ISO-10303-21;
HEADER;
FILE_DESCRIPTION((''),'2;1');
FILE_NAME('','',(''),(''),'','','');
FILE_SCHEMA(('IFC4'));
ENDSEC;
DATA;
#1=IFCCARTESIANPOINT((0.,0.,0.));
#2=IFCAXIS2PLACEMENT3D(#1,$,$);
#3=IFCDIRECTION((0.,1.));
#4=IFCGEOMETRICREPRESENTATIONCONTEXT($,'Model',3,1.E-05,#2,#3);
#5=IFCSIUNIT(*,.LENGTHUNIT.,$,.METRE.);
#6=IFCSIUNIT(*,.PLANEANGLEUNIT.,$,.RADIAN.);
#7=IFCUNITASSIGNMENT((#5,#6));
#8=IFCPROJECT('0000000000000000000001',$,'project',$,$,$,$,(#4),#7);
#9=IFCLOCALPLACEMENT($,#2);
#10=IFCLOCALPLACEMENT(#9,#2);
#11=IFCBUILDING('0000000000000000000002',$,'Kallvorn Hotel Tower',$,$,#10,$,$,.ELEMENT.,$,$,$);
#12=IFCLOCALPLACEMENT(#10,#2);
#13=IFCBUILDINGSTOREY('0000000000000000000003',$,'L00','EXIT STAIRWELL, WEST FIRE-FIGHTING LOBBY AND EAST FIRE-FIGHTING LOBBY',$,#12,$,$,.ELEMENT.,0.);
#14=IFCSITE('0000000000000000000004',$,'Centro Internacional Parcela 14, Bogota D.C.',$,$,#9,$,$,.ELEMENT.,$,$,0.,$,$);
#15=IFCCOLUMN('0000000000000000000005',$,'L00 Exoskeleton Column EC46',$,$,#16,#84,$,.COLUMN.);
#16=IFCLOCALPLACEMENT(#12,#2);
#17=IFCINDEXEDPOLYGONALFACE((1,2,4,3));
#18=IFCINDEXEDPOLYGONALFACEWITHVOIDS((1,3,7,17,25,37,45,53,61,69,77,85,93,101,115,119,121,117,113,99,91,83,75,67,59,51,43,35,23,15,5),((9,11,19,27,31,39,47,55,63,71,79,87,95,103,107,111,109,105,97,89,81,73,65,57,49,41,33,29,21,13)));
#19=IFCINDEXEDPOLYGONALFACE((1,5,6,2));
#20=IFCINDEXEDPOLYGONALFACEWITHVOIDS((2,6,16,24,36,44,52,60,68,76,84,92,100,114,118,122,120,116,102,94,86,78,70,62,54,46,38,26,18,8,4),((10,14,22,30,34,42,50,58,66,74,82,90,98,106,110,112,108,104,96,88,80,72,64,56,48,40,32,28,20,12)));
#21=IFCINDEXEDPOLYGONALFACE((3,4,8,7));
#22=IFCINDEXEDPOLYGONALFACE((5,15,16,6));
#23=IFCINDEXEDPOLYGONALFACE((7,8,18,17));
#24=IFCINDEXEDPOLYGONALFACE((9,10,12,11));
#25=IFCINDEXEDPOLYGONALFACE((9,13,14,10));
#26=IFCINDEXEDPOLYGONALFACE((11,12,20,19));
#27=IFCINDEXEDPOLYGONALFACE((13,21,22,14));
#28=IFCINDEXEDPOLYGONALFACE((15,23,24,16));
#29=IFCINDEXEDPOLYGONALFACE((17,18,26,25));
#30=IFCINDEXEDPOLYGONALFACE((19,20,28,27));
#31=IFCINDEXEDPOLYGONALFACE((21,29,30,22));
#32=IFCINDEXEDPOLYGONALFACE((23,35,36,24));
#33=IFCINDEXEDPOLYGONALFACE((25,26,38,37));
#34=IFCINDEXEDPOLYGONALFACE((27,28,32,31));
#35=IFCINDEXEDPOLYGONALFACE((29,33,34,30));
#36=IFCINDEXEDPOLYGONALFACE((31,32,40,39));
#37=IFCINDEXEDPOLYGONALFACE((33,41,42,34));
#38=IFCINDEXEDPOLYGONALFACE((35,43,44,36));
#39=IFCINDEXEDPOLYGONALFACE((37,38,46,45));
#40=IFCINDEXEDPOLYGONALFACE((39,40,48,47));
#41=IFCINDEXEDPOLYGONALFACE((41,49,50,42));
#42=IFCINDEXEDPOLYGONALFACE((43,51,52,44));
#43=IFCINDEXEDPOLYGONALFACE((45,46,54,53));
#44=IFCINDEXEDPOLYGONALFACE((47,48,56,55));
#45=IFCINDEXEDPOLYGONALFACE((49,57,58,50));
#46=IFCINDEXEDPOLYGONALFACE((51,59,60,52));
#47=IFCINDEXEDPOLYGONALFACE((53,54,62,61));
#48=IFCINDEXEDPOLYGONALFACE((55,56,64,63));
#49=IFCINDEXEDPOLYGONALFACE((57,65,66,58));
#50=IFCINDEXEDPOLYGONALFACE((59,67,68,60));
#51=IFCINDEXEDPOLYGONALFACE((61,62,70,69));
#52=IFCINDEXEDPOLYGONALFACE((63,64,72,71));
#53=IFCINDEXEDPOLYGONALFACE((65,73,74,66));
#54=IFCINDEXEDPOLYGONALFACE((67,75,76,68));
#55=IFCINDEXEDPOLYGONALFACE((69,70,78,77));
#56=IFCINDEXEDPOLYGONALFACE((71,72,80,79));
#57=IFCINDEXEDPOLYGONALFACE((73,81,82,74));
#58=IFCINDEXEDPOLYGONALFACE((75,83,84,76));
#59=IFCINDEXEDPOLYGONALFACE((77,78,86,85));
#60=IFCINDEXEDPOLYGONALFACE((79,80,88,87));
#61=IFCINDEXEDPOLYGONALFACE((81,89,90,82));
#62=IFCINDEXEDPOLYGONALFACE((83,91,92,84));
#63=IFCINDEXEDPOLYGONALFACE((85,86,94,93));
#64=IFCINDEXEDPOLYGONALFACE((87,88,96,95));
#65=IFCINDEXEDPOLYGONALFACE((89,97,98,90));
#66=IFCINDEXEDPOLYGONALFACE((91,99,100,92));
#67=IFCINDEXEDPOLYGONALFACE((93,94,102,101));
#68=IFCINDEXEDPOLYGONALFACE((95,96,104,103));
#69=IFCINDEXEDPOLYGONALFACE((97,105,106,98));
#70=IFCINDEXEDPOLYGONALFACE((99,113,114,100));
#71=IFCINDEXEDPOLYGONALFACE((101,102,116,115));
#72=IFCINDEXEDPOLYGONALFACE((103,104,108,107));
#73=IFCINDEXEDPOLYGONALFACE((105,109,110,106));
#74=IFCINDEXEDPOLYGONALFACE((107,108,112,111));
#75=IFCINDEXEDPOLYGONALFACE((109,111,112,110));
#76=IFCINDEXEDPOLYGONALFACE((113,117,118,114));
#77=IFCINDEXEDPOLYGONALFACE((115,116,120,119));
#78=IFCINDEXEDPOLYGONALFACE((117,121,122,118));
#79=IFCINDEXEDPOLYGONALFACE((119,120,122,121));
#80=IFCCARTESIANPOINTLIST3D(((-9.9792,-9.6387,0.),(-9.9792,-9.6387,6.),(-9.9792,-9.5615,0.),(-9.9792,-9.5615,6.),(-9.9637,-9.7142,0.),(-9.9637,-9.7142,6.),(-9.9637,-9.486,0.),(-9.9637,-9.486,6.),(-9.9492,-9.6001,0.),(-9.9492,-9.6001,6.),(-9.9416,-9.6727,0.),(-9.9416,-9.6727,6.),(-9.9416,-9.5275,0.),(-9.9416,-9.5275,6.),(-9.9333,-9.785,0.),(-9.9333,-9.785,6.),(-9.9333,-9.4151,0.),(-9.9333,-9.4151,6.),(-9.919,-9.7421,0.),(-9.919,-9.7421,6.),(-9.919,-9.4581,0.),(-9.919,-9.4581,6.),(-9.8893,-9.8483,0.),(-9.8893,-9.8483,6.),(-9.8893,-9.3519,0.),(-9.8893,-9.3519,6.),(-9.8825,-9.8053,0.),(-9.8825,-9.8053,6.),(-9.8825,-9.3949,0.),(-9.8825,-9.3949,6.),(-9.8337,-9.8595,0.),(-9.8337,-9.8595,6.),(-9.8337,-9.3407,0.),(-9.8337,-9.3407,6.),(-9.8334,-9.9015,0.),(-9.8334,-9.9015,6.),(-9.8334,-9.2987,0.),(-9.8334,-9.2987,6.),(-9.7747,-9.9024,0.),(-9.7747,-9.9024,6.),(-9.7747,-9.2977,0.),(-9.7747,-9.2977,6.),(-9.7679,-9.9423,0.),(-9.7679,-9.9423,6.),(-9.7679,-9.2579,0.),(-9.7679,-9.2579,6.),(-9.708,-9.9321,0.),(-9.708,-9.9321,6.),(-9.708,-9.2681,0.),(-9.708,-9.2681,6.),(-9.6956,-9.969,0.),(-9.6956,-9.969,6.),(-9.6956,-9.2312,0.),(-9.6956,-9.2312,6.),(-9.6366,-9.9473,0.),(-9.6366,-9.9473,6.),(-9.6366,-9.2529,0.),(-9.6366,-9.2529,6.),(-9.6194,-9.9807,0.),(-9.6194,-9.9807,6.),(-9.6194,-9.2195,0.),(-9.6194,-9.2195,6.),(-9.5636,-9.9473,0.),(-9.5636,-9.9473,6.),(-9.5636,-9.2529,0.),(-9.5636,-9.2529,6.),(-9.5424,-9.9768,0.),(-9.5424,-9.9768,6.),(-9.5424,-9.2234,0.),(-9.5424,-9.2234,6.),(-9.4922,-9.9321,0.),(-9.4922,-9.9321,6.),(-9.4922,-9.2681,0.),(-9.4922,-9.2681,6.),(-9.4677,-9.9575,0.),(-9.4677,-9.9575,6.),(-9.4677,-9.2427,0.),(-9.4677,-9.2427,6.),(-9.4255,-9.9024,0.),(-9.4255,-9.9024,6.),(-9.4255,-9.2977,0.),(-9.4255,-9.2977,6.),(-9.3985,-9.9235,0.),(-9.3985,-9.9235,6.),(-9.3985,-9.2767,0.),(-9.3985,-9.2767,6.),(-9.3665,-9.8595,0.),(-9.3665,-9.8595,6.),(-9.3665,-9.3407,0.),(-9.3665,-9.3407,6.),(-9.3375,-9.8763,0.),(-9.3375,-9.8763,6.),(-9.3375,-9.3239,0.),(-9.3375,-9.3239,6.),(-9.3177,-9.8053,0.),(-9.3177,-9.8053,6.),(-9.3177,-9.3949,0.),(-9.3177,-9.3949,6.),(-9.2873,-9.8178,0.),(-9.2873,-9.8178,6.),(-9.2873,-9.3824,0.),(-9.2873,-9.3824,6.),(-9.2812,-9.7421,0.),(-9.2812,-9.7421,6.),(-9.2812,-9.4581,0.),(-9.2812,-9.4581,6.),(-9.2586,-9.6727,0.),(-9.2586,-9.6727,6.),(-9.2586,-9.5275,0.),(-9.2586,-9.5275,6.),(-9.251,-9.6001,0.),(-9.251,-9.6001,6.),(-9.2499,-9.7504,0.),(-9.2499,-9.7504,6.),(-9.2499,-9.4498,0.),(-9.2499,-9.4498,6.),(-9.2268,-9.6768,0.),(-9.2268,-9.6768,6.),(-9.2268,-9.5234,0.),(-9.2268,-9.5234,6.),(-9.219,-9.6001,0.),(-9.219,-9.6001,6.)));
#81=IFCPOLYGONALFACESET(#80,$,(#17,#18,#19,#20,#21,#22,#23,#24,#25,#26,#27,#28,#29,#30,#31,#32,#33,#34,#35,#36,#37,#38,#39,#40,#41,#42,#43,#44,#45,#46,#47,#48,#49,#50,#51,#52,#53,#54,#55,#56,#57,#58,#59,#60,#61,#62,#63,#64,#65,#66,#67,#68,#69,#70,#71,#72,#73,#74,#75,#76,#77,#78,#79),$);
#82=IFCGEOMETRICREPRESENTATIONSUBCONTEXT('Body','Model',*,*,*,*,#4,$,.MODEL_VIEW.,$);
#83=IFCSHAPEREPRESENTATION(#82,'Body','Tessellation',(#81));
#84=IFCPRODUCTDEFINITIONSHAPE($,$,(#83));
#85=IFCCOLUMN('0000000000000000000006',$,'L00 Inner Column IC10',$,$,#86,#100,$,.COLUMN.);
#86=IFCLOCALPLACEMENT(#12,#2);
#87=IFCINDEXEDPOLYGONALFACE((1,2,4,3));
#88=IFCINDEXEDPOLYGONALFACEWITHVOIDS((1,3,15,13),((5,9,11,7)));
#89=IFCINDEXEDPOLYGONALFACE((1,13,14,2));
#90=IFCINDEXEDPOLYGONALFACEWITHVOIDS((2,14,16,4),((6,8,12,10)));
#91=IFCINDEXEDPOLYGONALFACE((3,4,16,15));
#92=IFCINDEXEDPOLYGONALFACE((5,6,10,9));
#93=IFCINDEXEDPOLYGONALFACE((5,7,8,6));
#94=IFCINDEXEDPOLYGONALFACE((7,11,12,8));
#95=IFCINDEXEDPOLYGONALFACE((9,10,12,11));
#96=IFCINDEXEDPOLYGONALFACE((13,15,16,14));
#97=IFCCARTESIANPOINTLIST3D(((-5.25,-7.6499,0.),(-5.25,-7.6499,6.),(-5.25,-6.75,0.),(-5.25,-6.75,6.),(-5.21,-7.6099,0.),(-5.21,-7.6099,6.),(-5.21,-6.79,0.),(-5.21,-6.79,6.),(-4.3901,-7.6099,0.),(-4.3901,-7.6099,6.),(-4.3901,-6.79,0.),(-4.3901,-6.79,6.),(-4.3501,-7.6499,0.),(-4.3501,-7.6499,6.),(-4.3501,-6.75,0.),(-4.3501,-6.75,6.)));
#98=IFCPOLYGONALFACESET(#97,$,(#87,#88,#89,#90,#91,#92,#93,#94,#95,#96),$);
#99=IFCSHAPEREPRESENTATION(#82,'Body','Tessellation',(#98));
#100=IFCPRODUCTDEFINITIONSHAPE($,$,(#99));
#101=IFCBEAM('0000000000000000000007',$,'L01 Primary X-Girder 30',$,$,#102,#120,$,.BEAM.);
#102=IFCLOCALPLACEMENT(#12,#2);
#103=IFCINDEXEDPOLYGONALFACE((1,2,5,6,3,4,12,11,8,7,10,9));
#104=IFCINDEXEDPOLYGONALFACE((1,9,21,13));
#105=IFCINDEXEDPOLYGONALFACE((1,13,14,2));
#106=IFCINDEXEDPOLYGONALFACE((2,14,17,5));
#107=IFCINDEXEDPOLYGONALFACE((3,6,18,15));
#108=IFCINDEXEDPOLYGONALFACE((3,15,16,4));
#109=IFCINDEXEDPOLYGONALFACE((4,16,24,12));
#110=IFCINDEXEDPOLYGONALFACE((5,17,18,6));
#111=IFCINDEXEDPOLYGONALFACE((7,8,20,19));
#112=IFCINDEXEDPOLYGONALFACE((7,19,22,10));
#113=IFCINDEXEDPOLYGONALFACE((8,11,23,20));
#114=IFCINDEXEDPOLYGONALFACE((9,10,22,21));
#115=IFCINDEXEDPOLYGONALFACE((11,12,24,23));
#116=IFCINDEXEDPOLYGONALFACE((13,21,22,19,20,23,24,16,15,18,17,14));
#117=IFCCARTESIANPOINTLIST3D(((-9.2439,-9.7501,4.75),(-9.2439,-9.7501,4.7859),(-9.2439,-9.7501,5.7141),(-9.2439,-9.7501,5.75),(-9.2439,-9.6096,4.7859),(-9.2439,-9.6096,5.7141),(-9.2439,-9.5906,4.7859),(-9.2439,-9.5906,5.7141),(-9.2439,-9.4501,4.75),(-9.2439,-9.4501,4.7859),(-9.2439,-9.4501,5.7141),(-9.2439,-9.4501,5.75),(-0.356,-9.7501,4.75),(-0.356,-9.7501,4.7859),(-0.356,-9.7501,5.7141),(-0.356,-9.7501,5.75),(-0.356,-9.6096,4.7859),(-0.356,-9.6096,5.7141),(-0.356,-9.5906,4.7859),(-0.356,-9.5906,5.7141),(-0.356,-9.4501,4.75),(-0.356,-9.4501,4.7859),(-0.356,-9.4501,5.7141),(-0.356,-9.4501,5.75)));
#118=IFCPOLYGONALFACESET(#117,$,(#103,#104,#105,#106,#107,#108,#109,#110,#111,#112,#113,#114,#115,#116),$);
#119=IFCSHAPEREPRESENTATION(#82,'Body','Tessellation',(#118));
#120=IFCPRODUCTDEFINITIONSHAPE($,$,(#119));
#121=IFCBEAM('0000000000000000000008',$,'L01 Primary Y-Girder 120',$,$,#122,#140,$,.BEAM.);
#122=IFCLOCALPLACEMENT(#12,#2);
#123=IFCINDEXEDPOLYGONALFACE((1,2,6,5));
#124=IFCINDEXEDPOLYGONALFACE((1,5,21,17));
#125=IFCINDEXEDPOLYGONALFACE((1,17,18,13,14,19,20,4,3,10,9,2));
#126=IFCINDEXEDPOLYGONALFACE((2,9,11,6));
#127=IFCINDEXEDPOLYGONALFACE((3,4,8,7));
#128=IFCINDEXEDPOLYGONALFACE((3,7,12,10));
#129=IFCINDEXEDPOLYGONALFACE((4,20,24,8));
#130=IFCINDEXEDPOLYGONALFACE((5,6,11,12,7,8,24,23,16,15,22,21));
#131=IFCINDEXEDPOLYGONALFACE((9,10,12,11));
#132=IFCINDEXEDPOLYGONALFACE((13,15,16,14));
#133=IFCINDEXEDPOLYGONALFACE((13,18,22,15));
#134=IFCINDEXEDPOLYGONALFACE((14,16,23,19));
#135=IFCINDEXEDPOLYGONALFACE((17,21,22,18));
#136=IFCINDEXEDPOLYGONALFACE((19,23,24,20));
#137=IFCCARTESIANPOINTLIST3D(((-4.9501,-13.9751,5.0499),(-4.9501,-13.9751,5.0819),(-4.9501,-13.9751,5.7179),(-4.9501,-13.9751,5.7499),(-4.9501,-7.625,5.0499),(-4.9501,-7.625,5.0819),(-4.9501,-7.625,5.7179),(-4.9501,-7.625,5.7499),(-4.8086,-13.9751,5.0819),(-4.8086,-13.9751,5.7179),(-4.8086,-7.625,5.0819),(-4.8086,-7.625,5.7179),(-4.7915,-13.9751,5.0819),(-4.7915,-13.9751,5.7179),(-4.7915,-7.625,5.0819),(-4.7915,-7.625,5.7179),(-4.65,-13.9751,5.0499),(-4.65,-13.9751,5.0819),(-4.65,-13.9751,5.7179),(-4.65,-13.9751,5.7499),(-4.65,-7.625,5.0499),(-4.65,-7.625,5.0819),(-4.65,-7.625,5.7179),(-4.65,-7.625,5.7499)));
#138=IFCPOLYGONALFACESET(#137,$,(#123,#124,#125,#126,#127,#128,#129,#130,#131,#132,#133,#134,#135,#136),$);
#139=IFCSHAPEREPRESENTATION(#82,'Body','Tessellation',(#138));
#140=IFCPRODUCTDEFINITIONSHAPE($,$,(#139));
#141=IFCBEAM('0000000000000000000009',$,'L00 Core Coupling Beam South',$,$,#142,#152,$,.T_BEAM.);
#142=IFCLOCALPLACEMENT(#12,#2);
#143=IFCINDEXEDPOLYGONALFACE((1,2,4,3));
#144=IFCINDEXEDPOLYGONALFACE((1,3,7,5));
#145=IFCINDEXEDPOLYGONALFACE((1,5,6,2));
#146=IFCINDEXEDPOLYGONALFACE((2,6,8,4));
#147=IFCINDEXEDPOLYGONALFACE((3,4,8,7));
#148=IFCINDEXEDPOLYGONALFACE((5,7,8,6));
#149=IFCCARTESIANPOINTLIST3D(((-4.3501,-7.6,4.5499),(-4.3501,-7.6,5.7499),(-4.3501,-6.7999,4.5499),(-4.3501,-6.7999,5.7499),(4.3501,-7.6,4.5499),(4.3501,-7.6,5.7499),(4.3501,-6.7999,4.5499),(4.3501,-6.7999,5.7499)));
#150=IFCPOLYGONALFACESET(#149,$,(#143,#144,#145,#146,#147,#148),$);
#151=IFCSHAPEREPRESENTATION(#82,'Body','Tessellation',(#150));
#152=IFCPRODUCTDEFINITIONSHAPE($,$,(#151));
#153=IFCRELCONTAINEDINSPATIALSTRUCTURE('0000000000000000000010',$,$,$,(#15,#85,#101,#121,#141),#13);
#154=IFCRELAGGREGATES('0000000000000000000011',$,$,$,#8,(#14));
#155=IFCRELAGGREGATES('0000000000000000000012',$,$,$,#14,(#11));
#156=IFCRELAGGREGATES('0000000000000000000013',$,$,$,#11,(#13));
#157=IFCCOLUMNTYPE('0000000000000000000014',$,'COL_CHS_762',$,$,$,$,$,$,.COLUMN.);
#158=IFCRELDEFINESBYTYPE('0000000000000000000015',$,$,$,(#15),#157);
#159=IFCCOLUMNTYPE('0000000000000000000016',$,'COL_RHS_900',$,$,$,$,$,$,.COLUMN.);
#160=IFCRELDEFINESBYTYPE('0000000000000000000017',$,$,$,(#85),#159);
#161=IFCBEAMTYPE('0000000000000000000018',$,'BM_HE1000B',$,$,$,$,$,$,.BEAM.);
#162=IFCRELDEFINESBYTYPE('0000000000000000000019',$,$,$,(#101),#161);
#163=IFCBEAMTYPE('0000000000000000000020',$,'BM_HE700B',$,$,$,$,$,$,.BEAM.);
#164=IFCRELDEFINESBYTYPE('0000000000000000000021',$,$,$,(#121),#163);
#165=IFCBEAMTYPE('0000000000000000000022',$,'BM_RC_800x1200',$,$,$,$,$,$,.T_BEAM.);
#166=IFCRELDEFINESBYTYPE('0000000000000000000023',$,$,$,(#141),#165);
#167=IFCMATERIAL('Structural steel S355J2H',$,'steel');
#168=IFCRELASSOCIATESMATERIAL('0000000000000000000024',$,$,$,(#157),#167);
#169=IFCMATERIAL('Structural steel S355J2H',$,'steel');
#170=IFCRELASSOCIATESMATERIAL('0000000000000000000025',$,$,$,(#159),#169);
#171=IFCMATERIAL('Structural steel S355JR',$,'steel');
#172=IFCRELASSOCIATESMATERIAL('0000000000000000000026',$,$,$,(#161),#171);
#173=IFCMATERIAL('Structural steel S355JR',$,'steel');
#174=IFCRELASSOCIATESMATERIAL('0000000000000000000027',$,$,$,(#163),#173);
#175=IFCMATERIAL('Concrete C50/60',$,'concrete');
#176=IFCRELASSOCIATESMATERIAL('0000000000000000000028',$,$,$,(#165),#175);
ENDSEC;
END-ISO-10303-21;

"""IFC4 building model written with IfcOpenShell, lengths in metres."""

from ifc_helpers import new_model, si_unit, direction, frame, origin, origin_2d, place, context, subcontext, project, spatial, rectangle, hollow_rectangle, hollow_circle, i_section, extrude, material, material_profile, profile_set, type_object, element, save


model = new_model("IFC4")

# Units and contexts
model_context = context("Model", 3, precision=1e-05, world=origin(), true_north=direction((0.0, 1.0)))
body_context = subcontext(model_context, "Body", "Model", "MODEL_VIEW")
ifc_project = project(units=[si_unit("LENGTHUNIT", "METRE"), si_unit("PLANEANGLEUNIT", "RADIAN")], contexts=[model_context])

# Site, building, storey
site_placement = place(None, origin())
site = spatial("IfcSite", under=ifc_project, at=site_placement, Name="Centro Internacional Parcela 14, Bogota D.C.", CompositionType="ELEMENT", RefElevation=0.0)
building_placement = place(site_placement, origin())
building = spatial("IfcBuilding", under=site, at=building_placement, Name="Kallvorn Hotel Tower", CompositionType="ELEMENT")
storey_placement = place(building_placement, origin())
storey = spatial("IfcBuildingStorey", under=building, at=storey_placement, Name="L00", Description="EXIT STAIRWELL, WEST FIRE-FIGHTING LOBBY AND EAST FIRE-FIGHTING LOBBY", CompositionType="ELEMENT", Elevation=0.0)

# Columns
ifc_material_1 = material(Name="Structural steel S355J2H", Category="steel")
ifc_material_profile_1 = material_profile(ifc_material_1, hollow_circle(Radius=0.3811, WallThickness=0.032, at=origin_2d()), Name="CHS 762x32")
ifc_profile_set_1 = profile_set([ifc_material_profile_1], Name="Structural steel S355J2H")
column_type_1 = type_object("IfcColumnType", Name="COL_CHS_762", PredefinedType="COLUMN", material=ifc_profile_set_1)
column_1_placement = place(storey_placement, frame((-9.6001, -9.6001, 0.0), z_axis=(0.0, 0.0, 1.0), x_axis=(1.0, 0.0, 0.0)))
element("IfcColumn", 1, at=column_1_placement, inside=storey, type_object=column_type_1, Name="L00 Exoskeleton Column EC46", PredefinedType="COLUMN", context=body_context, shape_type="SweptSolid", body=[
    extrude(hollow_circle(Radius=0.3811, WallThickness=0.032, at=origin_2d()), origin(), (0.0, 0.0, 1.0), 6.0),
])
ifc_material_2 = material(Name="Structural steel S355J2H", Category="steel")
ifc_material_profile_2 = material_profile(ifc_material_2, hollow_rectangle(XDim=0.8999, YDim=0.8999, WallThickness=0.04, at=origin_2d()), Name="RHS 900x900x40")
ifc_profile_set_2 = profile_set([ifc_material_profile_2], Name="Structural steel S355J2H")
column_type_2 = type_object("IfcColumnType", Name="COL_RHS_900", PredefinedType="COLUMN", material=ifc_profile_set_2)
column_2_placement = place(storey_placement, frame((-4.8, -7.2, 0.0), z_axis=(0.0, 0.0, 1.0), x_axis=(1.0, 0.0, 0.0)))
element("IfcColumn", 2, at=column_2_placement, inside=storey, type_object=column_type_2, Name="L00 Inner Column IC10", PredefinedType="COLUMN", context=body_context, shape_type="SweptSolid", body=[
    extrude(hollow_rectangle(XDim=0.8999, YDim=0.8999, WallThickness=0.04, at=origin_2d()), origin(), (0.0, 0.0, 1.0), 6.0),
])

# Beams
ifc_material_3 = material(Name="Structural steel S355JR", Category="steel")
ifc_material_profile_3 = material_profile(ifc_material_3, i_section(OverallWidth=0.3, OverallDepth=1.0, WebThickness=0.019, FlangeThickness=0.0359, at=origin_2d()), Name="HE 1000 B")
ifc_profile_set_3 = profile_set([ifc_material_profile_3], Name="Structural steel S355JR")
beam_type_1 = type_object("IfcBeamType", Name="BM_HE1000B", PredefinedType="BEAM", material=ifc_profile_set_3)
beam_1_placement = place(storey_placement, frame((-9.2439, -9.6001, 5.25), z_axis=(1.0, 0.0, 0.0), x_axis=(0.0, 1.0, 0.0)))
element("IfcBeam", 3, at=beam_1_placement, inside=storey, type_object=beam_type_1, Name="L01 Primary X-Girder 30", PredefinedType="BEAM", context=body_context, shape_type="SweptSolid", body=[
    extrude(i_section(OverallWidth=0.3, OverallDepth=1.0, WebThickness=0.019, FlangeThickness=0.0359, at=origin_2d()), origin(), (0.0, 0.0, 1.0), 8.8879),
])
ifc_material_4 = material(Name="Structural steel S355JR", Category="steel")
ifc_material_profile_4 = material_profile(ifc_material_4, i_section(OverallWidth=0.3, OverallDepth=0.7, WebThickness=0.0171, FlangeThickness=0.032, at=origin_2d()), Name="HE 700 B")
ifc_profile_set_4 = profile_set([ifc_material_profile_4], Name="Structural steel S355JR")
beam_type_2 = type_object("IfcBeamType", Name="BM_HE700B", PredefinedType="BEAM", material=ifc_profile_set_4)
beam_2_placement = place(storey_placement, frame((-4.8, -13.9751, 5.3999), z_axis=(0.0, 1.0, 0.0), x_axis=(-1.0, 0.0, 0.0)))
element("IfcBeam", 4, at=beam_2_placement, inside=storey, type_object=beam_type_2, Name="L01 Primary Y-Girder 120", PredefinedType="BEAM", context=body_context, shape_type="SweptSolid", body=[
    extrude(i_section(OverallWidth=0.3, OverallDepth=0.7, WebThickness=0.0171, FlangeThickness=0.032, at=origin_2d()), origin(), (0.0, 0.0, 1.0), 6.3501),
])
ifc_material_5 = material(Name="Concrete C50/60", Category="concrete")
ifc_material_profile_5 = material_profile(ifc_material_5, rectangle(XDim=0.8, YDim=1.2, at=origin_2d()), Name="RC 800x1200")
ifc_profile_set_5 = profile_set([ifc_material_profile_5], Name="Concrete C50/60")
beam_type_3 = type_object("IfcBeamType", Name="BM_RC_800x1200", PredefinedType="T_BEAM", material=ifc_profile_set_5)
beam_3_placement = place(storey_placement, frame((-4.3501, -7.2, 5.1499), z_axis=(1.0, 0.0, 0.0), x_axis=(0.0, 1.0, 0.0)))
element("IfcBeam", 5, at=beam_3_placement, inside=storey, type_object=beam_type_3, Name="L00 Core Coupling Beam South", PredefinedType="T_BEAM", context=body_context, shape_type="SweptSolid", body=[
    extrude(rectangle(XDim=0.8, YDim=1.2, at=origin_2d()), origin(), (0.0, 0.0, 1.0), 8.7002),
])

save(model, "model.ifc")
